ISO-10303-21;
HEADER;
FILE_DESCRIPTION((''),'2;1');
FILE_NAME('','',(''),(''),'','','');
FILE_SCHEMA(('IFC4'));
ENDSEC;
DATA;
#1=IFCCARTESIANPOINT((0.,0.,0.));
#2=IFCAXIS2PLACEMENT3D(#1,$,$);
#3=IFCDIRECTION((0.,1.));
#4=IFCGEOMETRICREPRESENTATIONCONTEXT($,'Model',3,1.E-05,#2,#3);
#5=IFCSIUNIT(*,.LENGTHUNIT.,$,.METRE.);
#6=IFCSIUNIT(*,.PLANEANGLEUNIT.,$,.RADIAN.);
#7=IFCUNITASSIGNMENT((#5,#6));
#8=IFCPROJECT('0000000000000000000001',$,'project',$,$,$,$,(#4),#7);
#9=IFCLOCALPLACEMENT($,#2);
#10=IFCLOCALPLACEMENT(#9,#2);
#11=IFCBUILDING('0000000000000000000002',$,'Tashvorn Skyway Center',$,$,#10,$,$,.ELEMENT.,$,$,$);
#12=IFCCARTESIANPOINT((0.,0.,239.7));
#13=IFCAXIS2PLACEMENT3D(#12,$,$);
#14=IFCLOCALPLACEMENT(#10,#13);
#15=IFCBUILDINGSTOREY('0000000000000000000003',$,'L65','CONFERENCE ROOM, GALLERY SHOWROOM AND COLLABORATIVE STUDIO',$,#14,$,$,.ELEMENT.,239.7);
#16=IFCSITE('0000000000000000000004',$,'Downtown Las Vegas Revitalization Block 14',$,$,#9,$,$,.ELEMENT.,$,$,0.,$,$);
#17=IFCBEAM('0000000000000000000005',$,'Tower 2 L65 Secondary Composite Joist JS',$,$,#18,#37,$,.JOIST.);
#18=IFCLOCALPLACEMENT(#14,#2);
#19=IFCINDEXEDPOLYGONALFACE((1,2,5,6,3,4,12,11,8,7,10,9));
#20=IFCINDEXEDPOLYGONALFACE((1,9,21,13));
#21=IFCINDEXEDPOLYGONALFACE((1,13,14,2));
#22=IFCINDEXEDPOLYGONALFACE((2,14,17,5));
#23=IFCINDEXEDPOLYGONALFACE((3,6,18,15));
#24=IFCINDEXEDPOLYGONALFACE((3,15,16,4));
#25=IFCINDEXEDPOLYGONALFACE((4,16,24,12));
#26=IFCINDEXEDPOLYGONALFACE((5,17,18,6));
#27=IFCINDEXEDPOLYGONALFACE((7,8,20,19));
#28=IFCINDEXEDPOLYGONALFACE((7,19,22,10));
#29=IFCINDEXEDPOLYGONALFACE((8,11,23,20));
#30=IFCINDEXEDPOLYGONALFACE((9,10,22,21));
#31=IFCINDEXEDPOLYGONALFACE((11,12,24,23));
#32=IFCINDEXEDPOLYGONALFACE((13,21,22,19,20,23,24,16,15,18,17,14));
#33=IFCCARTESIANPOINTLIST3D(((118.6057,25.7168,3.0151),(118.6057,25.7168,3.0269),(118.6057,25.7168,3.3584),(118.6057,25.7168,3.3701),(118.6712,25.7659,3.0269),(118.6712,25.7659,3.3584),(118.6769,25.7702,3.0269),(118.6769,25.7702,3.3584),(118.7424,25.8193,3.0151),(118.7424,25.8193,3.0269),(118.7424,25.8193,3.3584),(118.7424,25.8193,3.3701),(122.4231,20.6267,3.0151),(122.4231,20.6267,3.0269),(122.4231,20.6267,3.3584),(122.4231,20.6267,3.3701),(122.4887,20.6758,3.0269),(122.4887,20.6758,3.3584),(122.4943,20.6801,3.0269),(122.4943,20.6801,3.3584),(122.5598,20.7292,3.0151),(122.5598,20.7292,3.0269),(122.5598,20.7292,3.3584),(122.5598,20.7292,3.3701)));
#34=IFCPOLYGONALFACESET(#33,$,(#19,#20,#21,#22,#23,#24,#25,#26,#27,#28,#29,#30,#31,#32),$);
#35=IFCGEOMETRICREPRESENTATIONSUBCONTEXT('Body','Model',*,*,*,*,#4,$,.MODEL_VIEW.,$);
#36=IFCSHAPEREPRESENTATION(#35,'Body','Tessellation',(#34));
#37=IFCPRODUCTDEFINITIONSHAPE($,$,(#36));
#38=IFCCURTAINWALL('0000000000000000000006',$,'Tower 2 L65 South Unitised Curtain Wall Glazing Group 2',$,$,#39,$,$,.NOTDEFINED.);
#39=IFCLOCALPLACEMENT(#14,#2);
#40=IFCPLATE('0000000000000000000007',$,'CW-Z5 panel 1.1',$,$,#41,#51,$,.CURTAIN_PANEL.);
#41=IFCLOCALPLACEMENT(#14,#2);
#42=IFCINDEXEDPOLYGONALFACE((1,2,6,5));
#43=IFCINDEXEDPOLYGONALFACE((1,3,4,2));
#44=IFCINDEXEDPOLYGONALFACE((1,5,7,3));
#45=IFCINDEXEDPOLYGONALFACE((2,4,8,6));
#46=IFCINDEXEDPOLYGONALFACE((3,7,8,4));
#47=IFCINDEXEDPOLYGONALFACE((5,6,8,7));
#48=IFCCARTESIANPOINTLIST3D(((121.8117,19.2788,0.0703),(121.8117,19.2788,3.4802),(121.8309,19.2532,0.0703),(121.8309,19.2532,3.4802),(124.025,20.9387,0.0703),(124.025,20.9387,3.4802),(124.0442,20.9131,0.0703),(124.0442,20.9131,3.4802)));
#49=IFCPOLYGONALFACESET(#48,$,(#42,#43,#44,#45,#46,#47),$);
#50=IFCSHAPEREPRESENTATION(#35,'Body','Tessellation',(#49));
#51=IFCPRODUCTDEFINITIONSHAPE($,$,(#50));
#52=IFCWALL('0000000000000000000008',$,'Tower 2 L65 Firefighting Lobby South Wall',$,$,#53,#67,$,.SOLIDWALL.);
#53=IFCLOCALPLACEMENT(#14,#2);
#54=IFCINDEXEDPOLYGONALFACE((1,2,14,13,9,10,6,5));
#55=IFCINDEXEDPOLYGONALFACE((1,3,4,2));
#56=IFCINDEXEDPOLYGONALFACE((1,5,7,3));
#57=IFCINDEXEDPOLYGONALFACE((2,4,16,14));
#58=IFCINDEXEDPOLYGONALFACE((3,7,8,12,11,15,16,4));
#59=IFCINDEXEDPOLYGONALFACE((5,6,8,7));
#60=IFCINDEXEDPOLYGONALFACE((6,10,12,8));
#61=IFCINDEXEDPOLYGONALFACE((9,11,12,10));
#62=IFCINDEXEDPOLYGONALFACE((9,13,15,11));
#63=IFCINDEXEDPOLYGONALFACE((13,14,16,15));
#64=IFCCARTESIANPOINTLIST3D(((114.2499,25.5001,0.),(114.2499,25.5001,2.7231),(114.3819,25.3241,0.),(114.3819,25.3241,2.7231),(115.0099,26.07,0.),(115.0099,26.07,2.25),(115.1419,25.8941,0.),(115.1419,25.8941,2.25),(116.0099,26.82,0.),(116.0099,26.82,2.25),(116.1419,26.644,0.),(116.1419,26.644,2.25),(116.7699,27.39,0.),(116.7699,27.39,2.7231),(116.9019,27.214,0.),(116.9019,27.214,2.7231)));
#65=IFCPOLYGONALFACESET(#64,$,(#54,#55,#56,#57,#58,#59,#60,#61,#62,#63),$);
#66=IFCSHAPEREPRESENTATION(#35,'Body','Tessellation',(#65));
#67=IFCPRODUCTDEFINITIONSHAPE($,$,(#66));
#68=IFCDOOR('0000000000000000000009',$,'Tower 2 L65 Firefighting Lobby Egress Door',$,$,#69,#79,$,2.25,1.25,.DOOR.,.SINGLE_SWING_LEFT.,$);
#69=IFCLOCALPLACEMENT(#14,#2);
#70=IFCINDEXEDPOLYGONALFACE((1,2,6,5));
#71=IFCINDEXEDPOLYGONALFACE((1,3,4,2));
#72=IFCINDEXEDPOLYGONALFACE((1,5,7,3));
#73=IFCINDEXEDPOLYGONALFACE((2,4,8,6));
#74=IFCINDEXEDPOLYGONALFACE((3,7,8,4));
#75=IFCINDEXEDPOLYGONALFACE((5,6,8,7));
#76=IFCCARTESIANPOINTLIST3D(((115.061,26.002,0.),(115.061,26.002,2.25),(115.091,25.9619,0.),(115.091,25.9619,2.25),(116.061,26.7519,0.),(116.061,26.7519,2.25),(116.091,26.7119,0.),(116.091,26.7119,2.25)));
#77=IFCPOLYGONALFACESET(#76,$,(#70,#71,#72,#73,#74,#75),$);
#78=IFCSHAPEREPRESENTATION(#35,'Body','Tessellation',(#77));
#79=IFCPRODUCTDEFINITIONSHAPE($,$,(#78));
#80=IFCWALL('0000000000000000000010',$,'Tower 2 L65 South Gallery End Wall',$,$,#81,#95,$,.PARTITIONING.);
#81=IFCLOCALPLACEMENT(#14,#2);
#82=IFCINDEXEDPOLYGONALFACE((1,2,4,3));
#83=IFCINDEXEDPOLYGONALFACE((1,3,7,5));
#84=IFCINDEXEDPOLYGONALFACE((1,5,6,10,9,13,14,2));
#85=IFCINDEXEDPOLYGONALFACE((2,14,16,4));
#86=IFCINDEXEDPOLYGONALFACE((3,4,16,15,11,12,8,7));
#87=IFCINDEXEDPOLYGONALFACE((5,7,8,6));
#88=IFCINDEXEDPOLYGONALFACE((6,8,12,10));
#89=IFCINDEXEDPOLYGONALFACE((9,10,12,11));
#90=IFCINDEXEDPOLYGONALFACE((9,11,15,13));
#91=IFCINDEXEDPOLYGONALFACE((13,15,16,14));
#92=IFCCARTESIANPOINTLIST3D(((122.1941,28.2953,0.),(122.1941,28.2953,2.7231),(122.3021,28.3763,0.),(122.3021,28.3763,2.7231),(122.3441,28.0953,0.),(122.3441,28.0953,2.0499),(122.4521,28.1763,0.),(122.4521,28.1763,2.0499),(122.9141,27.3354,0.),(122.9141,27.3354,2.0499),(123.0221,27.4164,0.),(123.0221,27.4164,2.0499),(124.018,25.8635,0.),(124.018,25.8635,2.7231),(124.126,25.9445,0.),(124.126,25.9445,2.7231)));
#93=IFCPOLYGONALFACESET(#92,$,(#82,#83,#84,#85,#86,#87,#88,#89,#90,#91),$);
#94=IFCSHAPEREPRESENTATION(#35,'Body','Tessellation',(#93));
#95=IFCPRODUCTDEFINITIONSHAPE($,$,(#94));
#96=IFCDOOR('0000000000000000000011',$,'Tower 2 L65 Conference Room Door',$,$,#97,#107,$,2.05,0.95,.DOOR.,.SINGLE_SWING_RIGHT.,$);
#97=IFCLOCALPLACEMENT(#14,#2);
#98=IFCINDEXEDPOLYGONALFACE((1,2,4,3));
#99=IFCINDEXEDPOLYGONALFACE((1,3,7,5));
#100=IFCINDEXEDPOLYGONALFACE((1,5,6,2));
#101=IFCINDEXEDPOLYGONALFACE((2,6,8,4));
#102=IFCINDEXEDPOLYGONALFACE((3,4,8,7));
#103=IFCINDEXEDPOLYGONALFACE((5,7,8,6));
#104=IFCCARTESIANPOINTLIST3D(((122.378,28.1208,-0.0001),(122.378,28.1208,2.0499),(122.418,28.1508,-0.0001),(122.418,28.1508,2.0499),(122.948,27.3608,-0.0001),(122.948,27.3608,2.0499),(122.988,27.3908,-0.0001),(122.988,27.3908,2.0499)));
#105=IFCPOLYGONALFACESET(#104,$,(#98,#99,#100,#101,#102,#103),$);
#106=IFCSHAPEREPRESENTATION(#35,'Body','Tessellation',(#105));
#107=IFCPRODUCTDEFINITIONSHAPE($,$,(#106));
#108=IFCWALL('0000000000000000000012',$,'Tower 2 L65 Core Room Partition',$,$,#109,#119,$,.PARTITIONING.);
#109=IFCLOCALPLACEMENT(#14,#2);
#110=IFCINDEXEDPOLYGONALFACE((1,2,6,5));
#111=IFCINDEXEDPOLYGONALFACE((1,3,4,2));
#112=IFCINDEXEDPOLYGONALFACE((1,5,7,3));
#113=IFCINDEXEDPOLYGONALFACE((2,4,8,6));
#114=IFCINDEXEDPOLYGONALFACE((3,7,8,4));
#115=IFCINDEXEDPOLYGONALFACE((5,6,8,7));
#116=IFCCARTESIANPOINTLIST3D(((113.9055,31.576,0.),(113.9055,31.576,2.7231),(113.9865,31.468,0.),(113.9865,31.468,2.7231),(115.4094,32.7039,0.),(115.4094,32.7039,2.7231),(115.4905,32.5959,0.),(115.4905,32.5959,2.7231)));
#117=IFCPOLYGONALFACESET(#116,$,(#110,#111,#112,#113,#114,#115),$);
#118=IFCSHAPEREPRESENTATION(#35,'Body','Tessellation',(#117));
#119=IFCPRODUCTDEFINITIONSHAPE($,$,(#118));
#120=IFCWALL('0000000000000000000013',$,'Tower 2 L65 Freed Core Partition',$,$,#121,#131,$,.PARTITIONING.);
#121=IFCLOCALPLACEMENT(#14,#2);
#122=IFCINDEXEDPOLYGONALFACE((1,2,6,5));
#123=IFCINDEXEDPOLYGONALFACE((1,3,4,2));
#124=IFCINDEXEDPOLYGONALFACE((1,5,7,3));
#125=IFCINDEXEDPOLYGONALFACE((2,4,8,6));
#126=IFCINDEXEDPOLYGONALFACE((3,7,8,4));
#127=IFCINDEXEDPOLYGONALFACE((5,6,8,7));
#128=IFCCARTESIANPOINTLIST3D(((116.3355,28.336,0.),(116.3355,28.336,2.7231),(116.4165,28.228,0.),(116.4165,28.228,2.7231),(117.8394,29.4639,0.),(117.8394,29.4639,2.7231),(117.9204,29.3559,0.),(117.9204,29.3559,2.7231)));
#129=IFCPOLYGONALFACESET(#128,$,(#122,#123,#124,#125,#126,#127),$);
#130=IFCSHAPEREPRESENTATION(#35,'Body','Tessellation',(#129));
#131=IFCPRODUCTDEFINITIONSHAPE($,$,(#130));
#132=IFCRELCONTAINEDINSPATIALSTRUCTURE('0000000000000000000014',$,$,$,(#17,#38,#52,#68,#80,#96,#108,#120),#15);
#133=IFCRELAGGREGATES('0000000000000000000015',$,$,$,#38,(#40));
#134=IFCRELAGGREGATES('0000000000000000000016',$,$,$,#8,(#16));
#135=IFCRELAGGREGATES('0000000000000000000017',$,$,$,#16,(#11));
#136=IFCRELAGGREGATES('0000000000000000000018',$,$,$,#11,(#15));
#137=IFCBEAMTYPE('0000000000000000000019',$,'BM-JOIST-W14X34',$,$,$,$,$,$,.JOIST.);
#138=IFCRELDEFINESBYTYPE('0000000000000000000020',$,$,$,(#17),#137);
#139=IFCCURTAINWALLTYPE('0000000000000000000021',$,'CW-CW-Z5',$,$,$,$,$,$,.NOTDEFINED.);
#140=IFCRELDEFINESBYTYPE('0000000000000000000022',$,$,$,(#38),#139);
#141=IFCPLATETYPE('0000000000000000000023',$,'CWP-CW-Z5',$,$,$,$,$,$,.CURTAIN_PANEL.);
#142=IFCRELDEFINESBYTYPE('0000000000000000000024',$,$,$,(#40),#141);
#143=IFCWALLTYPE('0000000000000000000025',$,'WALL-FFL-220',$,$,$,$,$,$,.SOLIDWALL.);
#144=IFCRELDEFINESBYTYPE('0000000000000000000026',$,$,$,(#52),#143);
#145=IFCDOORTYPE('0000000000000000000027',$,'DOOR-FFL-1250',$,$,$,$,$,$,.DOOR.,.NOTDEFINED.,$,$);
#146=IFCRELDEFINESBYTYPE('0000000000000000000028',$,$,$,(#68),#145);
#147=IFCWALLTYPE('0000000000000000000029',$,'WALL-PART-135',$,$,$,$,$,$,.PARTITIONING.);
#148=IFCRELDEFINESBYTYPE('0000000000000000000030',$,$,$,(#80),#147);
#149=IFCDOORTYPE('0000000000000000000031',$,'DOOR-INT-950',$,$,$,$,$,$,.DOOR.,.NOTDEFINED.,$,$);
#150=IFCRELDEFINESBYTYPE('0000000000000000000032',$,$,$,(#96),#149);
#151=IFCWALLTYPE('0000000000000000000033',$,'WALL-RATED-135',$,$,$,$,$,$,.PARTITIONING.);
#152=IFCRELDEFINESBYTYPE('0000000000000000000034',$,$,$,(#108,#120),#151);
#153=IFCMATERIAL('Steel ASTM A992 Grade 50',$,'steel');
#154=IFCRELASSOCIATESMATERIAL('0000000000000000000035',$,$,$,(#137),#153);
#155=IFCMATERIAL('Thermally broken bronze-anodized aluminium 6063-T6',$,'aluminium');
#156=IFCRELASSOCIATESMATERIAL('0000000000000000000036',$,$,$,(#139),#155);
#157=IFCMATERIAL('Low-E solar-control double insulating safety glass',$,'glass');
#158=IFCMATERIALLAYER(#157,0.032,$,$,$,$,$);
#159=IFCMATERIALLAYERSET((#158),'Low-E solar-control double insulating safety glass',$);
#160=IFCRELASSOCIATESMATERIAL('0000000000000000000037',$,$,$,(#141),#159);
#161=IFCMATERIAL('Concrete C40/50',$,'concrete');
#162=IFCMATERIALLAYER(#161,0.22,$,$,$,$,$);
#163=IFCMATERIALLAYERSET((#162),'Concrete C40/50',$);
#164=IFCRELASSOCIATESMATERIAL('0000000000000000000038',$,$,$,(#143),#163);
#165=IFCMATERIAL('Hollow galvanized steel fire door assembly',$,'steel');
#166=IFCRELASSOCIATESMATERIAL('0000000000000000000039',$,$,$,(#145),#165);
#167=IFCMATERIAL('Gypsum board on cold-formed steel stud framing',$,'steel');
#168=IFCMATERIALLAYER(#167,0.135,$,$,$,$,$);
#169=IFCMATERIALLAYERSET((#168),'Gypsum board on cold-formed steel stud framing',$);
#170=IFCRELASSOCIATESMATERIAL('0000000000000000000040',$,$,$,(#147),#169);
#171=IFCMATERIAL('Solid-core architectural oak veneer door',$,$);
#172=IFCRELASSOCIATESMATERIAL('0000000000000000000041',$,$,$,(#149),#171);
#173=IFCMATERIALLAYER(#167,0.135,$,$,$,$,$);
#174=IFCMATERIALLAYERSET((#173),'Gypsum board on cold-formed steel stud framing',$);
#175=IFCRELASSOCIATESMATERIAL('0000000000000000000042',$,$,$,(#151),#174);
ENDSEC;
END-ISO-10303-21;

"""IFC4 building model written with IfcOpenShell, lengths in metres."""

from ifc_helpers import new_model, si_unit, direction, frame, frame_2d, origin, origin_2d, place, context, subcontext, project, spatial, rectangle, i_section, extrude, material, layer, layer_set, material_profile, profile_set, type_object, element, fill, aggregate, save


model = new_model("IFC4")

# Units and contexts
model_context = context("Model", 3, precision=1e-05, world=origin(), true_north=direction((0.0, 1.0)))
body_context = subcontext(model_context, "Body", "Model", "MODEL_VIEW")
ifc_project = project(units=[si_unit("LENGTHUNIT", "METRE"), si_unit("PLANEANGLEUNIT", "RADIAN")], contexts=[model_context])

# Site, building, storey
site_placement = place(None, origin())
site = spatial("IfcSite", under=ifc_project, at=site_placement, Name="Downtown Las Vegas Revitalization Block 14", CompositionType="ELEMENT", RefElevation=0.0)
building_placement = place(site_placement, origin())
building = spatial("IfcBuilding", under=site, at=building_placement, Name="Tashvorn Skyway Center", CompositionType="ELEMENT")
storey_placement = place(building_placement, frame((0.0, 0.0, 239.7)))
storey = spatial("IfcBuildingStorey", under=building, at=storey_placement, Name="L65", Description="CONFERENCE ROOM, GALLERY SHOWROOM AND COLLABORATIVE STUDIO", CompositionType="ELEMENT", Elevation=239.7)

# Beam
ifc_material_1 = material(Name="Steel ASTM A992 Grade 50", Category="steel")
ifc_material_profile = material_profile(ifc_material_1, i_section(OverallWidth=0.1709, OverallDepth=0.355, WebThickness=0.0071, FlangeThickness=0.0117, at=origin_2d()), Name="W14X34")
ifc_profile_set = profile_set([ifc_material_profile], Name="Steel ASTM A992 Grade 50")
beam_type = type_object("IfcBeamType", Name="BM-JOIST-W14X34", PredefinedType="JOIST", material=ifc_profile_set)
beam_placement = place(storey_placement, frame((118.6741, 25.7681, 3.1926), z_axis=(0.599982, -0.800014, 0.0), x_axis=(0.800014, 0.599982, 0.0)))
element("IfcBeam", 1, at=beam_placement, inside=storey, type_object=beam_type, Name="Tower 2 L65 Secondary Composite Joist JS", PredefinedType="JOIST", context=body_context, shape_type="SweptSolid", body=[
    extrude(i_section(OverallWidth=0.1709, OverallDepth=0.355, WebThickness=0.0071, FlangeThickness=0.0117, at=origin_2d()), origin(), (0.0, 0.0, 1.0), 6.3625),
])

# Curtain wall, plate
ifc_material_2 = material(Name="Thermally broken bronze-anodized aluminium 6063-T6", Category="aluminium")
curtain_wall_type = type_object("IfcCurtainWallType", Name="CW-CW-Z5", PredefinedType="NOTDEFINED", material=ifc_material_2)
curtain_wall_placement = place(storey_placement, origin())
curtain_wall = element("IfcCurtainWall", 2, at=curtain_wall_placement, inside=storey, type_object=curtain_wall_type, Name="Tower 2 L65 South Unitised Curtain Wall Glazing Group 2", PredefinedType="NOTDEFINED")
ifc_material_3 = material(Name="Low-E solar-control double insulating safety glass", Category="glass")
ifc_layer_1 = layer(ifc_material_3, 0.032)
ifc_layer_set_1 = layer_set([ifc_layer_1], Name="Low-E solar-control double insulating safety glass")
plate_type = type_object("IfcPlateType", Name="CWP-CW-Z5", PredefinedType="CURTAIN_PANEL", material=ifc_layer_set_1)
plate_placement = place(storey_placement, frame((122.928, 20.0959, 0.0703), z_axis=(0.0, 0.0, 1.0), x_axis=(-0.800008, -0.599989, 0.0)))
plate = element("IfcPlate", 3, at=plate_placement, type_object=plate_type, Name="CW-Z5 panel 1.1", PredefinedType="CURTAIN_PANEL", context=body_context, shape_type="SweptSolid", body=[
    extrude(rectangle(XDim=2.7666, YDim=0.032, at=origin_2d()), origin(), (0.0, 0.0, 1.0), 3.4099),
])
aggregate(curtain_wall, [plate])

# Walls, openings, doors
ifc_material_4 = material(Name="Concrete C40/50", Category="concrete")
ifc_layer_2 = layer(ifc_material_4, 0.22)
ifc_layer_set_2 = layer_set([ifc_layer_2], Name="Concrete C40/50")
wall_type_1 = type_object("IfcWallType", Name="WALL-FFL-220", PredefinedType="SOLIDWALL", material=ifc_layer_set_2)
wall_1_placement = place(storey_placement, frame((114.3159, 25.4121, 0.0), z_axis=(0.0, 0.0, 1.0), x_axis=(0.800019, 0.599975, 0.0)))
wall_1 = element("IfcWall", 4, at=wall_1_placement, inside=storey, type_object=wall_type_1, Name="Tower 2 L65 Firefighting Lobby South Wall", PredefinedType="SOLIDWALL", context=body_context, shape_type="SweptSolid", body=[
    extrude(rectangle(XDim=3.1499, YDim=0.22, at=frame_2d((1.575, 0.0))), origin(), (0.0, 0.0, 1.0), 2.7231),
])
opening_1_placement = place(wall_1_placement, frame((0.95, 0.0, 0.0)))
opening_1 = element("IfcOpeningElement", 5, at=opening_1_placement, cuts=wall_1, PredefinedType="OPENING", context=body_context, shape_type="SweptSolid", body=[
    extrude(rectangle(XDim=1.25, YDim=2.25, at=frame_2d((0.625, 1.125))), frame((0.0, 0.1199, 0.0), z_axis=(0.0, -1.0, 0.0), x_axis=(1.0, 0.0, 0.0)), (0.0, 0.0, 1.0), 0.24),
])
ifc_material_5 = material(Name="Hollow galvanized steel fire door assembly", Category="steel")
door_type_1 = type_object("IfcDoorType", Name="DOOR-FFL-1250", OperationType="NOTDEFINED", PredefinedType="DOOR", material=ifc_material_5)
door_1_placement = place(opening_1_placement, origin())
door_1 = element("IfcDoor", 6, at=door_1_placement, inside=storey, type_object=door_type_1, Name="Tower 2 L65 Firefighting Lobby Egress Door", OperationType="SINGLE_SWING_LEFT", OverallHeight=2.25, OverallWidth=1.25, PredefinedType="DOOR", context=body_context, shape_type="SweptSolid", body=[
    extrude(rectangle(XDim=1.25, YDim=2.25, at=frame_2d((0.625, 1.125))), frame((0.0, 0.0249, 0.0), z_axis=(0.0, -1.0, 0.0), x_axis=(1.0, 0.0, 0.0)), (0.0, 0.0, 1.0), 0.05),
])
fill(opening_1, door_1)
ifc_material_6 = material(Name="Gypsum board on cold-formed steel stud framing", Category="steel")
ifc_layer_3 = layer(ifc_material_6, 0.135)
ifc_layer_set_3 = layer_set([ifc_layer_3], Name="Gypsum board on cold-formed steel stud framing")
wall_type_2 = type_object("IfcWallType", Name="WALL-PART-135", PredefinedType="PARTITIONING", material=ifc_layer_set_3)
wall_2_placement = place(storey_placement, frame((122.248, 28.3359, 0.0), z_axis=(0.0, 0.0, 1.0), x_axis=(0.600013, -0.79999, 0.0)))
wall_2 = element("IfcWall", 7, at=wall_2_placement, inside=storey, type_object=wall_type_2, Name="Tower 2 L65 South Gallery End Wall", PredefinedType="PARTITIONING", context=body_context, shape_type="SweptSolid", body=[
    extrude(rectangle(XDim=3.0398, YDim=0.135, at=frame_2d((1.52, 0.0))), origin(), (0.0, 0.0, 1.0), 2.7231),
])
opening_2_placement = place(wall_2_placement, frame((0.25, 0.0, 0.0)))
opening_2 = element("IfcOpeningElement", 8, at=opening_2_placement, cuts=wall_2, PredefinedType="OPENING", context=body_context, shape_type="SweptSolid", body=[
    extrude(rectangle(XDim=0.95, YDim=2.05, at=frame_2d((0.4751, 1.0249))), frame((0.0, 0.0774, 0.0), z_axis=(0.0, -1.0, 0.0), x_axis=(1.0, 0.0, 0.0)), (0.0, 0.0, 1.0), 0.155),
])
ifc_material_7 = material(Name="Solid-core architectural oak veneer door")
door_type_2 = type_object("IfcDoorType", Name="DOOR-INT-950", OperationType="NOTDEFINED", PredefinedType="DOOR", material=ifc_material_7)
door_2_placement = place(opening_2_placement, origin())
door_2 = element("IfcDoor", 9, at=door_2_placement, inside=storey, type_object=door_type_2, Name="Tower 2 L65 Conference Room Door", OperationType="SINGLE_SWING_RIGHT", OverallHeight=2.05, OverallWidth=0.95, PredefinedType="DOOR", context=body_context, shape_type="SweptSolid", body=[
    extrude(rectangle(XDim=0.95, YDim=2.05, at=frame_2d((0.4751, 1.0249))), frame((0.0, 0.0249, 0.0), z_axis=(0.0, -1.0, 0.0), x_axis=(1.0, 0.0, 0.0)), (0.0, 0.0, 1.0), 0.05),
])
fill(opening_2, door_2)

# Walls
ifc_layer_4 = layer(ifc_material_6, 0.135)
ifc_layer_set_4 = layer_set([ifc_layer_4], Name="Gypsum board on cold-formed steel stud framing")
wall_type_3 = type_object("IfcWallType", Name="WALL-RATED-135", PredefinedType="PARTITIONING", material=ifc_layer_set_4)
for number, where, z_axis, x_axis, name in (
    (10, (113.946, 31.522, 0.0), (0.0, 0.0, 1.0), (0.8, 0.6, 0.0), "Tower 2 L65 Core Room Partition"),
    (11, (116.376, 28.282, 0.0), (0.0, 0.0, 1.0), (0.8, 0.6, 0.0), "Tower 2 L65 Freed Core Partition"),
):
    element("IfcWall", number, at=place(storey_placement, frame(where, z_axis=z_axis, x_axis=x_axis)), inside=storey, type_object=wall_type_3, Name=name, PredefinedType="PARTITIONING", context=body_context, shape_type="SweptSolid", body=[
        extrude(rectangle(XDim=1.8799, YDim=0.135, at=frame_2d((0.9399, 0.0))), origin(), (0.0, 0.0, 1.0), 2.7231),
    ])

save(model, "model.ifc")
